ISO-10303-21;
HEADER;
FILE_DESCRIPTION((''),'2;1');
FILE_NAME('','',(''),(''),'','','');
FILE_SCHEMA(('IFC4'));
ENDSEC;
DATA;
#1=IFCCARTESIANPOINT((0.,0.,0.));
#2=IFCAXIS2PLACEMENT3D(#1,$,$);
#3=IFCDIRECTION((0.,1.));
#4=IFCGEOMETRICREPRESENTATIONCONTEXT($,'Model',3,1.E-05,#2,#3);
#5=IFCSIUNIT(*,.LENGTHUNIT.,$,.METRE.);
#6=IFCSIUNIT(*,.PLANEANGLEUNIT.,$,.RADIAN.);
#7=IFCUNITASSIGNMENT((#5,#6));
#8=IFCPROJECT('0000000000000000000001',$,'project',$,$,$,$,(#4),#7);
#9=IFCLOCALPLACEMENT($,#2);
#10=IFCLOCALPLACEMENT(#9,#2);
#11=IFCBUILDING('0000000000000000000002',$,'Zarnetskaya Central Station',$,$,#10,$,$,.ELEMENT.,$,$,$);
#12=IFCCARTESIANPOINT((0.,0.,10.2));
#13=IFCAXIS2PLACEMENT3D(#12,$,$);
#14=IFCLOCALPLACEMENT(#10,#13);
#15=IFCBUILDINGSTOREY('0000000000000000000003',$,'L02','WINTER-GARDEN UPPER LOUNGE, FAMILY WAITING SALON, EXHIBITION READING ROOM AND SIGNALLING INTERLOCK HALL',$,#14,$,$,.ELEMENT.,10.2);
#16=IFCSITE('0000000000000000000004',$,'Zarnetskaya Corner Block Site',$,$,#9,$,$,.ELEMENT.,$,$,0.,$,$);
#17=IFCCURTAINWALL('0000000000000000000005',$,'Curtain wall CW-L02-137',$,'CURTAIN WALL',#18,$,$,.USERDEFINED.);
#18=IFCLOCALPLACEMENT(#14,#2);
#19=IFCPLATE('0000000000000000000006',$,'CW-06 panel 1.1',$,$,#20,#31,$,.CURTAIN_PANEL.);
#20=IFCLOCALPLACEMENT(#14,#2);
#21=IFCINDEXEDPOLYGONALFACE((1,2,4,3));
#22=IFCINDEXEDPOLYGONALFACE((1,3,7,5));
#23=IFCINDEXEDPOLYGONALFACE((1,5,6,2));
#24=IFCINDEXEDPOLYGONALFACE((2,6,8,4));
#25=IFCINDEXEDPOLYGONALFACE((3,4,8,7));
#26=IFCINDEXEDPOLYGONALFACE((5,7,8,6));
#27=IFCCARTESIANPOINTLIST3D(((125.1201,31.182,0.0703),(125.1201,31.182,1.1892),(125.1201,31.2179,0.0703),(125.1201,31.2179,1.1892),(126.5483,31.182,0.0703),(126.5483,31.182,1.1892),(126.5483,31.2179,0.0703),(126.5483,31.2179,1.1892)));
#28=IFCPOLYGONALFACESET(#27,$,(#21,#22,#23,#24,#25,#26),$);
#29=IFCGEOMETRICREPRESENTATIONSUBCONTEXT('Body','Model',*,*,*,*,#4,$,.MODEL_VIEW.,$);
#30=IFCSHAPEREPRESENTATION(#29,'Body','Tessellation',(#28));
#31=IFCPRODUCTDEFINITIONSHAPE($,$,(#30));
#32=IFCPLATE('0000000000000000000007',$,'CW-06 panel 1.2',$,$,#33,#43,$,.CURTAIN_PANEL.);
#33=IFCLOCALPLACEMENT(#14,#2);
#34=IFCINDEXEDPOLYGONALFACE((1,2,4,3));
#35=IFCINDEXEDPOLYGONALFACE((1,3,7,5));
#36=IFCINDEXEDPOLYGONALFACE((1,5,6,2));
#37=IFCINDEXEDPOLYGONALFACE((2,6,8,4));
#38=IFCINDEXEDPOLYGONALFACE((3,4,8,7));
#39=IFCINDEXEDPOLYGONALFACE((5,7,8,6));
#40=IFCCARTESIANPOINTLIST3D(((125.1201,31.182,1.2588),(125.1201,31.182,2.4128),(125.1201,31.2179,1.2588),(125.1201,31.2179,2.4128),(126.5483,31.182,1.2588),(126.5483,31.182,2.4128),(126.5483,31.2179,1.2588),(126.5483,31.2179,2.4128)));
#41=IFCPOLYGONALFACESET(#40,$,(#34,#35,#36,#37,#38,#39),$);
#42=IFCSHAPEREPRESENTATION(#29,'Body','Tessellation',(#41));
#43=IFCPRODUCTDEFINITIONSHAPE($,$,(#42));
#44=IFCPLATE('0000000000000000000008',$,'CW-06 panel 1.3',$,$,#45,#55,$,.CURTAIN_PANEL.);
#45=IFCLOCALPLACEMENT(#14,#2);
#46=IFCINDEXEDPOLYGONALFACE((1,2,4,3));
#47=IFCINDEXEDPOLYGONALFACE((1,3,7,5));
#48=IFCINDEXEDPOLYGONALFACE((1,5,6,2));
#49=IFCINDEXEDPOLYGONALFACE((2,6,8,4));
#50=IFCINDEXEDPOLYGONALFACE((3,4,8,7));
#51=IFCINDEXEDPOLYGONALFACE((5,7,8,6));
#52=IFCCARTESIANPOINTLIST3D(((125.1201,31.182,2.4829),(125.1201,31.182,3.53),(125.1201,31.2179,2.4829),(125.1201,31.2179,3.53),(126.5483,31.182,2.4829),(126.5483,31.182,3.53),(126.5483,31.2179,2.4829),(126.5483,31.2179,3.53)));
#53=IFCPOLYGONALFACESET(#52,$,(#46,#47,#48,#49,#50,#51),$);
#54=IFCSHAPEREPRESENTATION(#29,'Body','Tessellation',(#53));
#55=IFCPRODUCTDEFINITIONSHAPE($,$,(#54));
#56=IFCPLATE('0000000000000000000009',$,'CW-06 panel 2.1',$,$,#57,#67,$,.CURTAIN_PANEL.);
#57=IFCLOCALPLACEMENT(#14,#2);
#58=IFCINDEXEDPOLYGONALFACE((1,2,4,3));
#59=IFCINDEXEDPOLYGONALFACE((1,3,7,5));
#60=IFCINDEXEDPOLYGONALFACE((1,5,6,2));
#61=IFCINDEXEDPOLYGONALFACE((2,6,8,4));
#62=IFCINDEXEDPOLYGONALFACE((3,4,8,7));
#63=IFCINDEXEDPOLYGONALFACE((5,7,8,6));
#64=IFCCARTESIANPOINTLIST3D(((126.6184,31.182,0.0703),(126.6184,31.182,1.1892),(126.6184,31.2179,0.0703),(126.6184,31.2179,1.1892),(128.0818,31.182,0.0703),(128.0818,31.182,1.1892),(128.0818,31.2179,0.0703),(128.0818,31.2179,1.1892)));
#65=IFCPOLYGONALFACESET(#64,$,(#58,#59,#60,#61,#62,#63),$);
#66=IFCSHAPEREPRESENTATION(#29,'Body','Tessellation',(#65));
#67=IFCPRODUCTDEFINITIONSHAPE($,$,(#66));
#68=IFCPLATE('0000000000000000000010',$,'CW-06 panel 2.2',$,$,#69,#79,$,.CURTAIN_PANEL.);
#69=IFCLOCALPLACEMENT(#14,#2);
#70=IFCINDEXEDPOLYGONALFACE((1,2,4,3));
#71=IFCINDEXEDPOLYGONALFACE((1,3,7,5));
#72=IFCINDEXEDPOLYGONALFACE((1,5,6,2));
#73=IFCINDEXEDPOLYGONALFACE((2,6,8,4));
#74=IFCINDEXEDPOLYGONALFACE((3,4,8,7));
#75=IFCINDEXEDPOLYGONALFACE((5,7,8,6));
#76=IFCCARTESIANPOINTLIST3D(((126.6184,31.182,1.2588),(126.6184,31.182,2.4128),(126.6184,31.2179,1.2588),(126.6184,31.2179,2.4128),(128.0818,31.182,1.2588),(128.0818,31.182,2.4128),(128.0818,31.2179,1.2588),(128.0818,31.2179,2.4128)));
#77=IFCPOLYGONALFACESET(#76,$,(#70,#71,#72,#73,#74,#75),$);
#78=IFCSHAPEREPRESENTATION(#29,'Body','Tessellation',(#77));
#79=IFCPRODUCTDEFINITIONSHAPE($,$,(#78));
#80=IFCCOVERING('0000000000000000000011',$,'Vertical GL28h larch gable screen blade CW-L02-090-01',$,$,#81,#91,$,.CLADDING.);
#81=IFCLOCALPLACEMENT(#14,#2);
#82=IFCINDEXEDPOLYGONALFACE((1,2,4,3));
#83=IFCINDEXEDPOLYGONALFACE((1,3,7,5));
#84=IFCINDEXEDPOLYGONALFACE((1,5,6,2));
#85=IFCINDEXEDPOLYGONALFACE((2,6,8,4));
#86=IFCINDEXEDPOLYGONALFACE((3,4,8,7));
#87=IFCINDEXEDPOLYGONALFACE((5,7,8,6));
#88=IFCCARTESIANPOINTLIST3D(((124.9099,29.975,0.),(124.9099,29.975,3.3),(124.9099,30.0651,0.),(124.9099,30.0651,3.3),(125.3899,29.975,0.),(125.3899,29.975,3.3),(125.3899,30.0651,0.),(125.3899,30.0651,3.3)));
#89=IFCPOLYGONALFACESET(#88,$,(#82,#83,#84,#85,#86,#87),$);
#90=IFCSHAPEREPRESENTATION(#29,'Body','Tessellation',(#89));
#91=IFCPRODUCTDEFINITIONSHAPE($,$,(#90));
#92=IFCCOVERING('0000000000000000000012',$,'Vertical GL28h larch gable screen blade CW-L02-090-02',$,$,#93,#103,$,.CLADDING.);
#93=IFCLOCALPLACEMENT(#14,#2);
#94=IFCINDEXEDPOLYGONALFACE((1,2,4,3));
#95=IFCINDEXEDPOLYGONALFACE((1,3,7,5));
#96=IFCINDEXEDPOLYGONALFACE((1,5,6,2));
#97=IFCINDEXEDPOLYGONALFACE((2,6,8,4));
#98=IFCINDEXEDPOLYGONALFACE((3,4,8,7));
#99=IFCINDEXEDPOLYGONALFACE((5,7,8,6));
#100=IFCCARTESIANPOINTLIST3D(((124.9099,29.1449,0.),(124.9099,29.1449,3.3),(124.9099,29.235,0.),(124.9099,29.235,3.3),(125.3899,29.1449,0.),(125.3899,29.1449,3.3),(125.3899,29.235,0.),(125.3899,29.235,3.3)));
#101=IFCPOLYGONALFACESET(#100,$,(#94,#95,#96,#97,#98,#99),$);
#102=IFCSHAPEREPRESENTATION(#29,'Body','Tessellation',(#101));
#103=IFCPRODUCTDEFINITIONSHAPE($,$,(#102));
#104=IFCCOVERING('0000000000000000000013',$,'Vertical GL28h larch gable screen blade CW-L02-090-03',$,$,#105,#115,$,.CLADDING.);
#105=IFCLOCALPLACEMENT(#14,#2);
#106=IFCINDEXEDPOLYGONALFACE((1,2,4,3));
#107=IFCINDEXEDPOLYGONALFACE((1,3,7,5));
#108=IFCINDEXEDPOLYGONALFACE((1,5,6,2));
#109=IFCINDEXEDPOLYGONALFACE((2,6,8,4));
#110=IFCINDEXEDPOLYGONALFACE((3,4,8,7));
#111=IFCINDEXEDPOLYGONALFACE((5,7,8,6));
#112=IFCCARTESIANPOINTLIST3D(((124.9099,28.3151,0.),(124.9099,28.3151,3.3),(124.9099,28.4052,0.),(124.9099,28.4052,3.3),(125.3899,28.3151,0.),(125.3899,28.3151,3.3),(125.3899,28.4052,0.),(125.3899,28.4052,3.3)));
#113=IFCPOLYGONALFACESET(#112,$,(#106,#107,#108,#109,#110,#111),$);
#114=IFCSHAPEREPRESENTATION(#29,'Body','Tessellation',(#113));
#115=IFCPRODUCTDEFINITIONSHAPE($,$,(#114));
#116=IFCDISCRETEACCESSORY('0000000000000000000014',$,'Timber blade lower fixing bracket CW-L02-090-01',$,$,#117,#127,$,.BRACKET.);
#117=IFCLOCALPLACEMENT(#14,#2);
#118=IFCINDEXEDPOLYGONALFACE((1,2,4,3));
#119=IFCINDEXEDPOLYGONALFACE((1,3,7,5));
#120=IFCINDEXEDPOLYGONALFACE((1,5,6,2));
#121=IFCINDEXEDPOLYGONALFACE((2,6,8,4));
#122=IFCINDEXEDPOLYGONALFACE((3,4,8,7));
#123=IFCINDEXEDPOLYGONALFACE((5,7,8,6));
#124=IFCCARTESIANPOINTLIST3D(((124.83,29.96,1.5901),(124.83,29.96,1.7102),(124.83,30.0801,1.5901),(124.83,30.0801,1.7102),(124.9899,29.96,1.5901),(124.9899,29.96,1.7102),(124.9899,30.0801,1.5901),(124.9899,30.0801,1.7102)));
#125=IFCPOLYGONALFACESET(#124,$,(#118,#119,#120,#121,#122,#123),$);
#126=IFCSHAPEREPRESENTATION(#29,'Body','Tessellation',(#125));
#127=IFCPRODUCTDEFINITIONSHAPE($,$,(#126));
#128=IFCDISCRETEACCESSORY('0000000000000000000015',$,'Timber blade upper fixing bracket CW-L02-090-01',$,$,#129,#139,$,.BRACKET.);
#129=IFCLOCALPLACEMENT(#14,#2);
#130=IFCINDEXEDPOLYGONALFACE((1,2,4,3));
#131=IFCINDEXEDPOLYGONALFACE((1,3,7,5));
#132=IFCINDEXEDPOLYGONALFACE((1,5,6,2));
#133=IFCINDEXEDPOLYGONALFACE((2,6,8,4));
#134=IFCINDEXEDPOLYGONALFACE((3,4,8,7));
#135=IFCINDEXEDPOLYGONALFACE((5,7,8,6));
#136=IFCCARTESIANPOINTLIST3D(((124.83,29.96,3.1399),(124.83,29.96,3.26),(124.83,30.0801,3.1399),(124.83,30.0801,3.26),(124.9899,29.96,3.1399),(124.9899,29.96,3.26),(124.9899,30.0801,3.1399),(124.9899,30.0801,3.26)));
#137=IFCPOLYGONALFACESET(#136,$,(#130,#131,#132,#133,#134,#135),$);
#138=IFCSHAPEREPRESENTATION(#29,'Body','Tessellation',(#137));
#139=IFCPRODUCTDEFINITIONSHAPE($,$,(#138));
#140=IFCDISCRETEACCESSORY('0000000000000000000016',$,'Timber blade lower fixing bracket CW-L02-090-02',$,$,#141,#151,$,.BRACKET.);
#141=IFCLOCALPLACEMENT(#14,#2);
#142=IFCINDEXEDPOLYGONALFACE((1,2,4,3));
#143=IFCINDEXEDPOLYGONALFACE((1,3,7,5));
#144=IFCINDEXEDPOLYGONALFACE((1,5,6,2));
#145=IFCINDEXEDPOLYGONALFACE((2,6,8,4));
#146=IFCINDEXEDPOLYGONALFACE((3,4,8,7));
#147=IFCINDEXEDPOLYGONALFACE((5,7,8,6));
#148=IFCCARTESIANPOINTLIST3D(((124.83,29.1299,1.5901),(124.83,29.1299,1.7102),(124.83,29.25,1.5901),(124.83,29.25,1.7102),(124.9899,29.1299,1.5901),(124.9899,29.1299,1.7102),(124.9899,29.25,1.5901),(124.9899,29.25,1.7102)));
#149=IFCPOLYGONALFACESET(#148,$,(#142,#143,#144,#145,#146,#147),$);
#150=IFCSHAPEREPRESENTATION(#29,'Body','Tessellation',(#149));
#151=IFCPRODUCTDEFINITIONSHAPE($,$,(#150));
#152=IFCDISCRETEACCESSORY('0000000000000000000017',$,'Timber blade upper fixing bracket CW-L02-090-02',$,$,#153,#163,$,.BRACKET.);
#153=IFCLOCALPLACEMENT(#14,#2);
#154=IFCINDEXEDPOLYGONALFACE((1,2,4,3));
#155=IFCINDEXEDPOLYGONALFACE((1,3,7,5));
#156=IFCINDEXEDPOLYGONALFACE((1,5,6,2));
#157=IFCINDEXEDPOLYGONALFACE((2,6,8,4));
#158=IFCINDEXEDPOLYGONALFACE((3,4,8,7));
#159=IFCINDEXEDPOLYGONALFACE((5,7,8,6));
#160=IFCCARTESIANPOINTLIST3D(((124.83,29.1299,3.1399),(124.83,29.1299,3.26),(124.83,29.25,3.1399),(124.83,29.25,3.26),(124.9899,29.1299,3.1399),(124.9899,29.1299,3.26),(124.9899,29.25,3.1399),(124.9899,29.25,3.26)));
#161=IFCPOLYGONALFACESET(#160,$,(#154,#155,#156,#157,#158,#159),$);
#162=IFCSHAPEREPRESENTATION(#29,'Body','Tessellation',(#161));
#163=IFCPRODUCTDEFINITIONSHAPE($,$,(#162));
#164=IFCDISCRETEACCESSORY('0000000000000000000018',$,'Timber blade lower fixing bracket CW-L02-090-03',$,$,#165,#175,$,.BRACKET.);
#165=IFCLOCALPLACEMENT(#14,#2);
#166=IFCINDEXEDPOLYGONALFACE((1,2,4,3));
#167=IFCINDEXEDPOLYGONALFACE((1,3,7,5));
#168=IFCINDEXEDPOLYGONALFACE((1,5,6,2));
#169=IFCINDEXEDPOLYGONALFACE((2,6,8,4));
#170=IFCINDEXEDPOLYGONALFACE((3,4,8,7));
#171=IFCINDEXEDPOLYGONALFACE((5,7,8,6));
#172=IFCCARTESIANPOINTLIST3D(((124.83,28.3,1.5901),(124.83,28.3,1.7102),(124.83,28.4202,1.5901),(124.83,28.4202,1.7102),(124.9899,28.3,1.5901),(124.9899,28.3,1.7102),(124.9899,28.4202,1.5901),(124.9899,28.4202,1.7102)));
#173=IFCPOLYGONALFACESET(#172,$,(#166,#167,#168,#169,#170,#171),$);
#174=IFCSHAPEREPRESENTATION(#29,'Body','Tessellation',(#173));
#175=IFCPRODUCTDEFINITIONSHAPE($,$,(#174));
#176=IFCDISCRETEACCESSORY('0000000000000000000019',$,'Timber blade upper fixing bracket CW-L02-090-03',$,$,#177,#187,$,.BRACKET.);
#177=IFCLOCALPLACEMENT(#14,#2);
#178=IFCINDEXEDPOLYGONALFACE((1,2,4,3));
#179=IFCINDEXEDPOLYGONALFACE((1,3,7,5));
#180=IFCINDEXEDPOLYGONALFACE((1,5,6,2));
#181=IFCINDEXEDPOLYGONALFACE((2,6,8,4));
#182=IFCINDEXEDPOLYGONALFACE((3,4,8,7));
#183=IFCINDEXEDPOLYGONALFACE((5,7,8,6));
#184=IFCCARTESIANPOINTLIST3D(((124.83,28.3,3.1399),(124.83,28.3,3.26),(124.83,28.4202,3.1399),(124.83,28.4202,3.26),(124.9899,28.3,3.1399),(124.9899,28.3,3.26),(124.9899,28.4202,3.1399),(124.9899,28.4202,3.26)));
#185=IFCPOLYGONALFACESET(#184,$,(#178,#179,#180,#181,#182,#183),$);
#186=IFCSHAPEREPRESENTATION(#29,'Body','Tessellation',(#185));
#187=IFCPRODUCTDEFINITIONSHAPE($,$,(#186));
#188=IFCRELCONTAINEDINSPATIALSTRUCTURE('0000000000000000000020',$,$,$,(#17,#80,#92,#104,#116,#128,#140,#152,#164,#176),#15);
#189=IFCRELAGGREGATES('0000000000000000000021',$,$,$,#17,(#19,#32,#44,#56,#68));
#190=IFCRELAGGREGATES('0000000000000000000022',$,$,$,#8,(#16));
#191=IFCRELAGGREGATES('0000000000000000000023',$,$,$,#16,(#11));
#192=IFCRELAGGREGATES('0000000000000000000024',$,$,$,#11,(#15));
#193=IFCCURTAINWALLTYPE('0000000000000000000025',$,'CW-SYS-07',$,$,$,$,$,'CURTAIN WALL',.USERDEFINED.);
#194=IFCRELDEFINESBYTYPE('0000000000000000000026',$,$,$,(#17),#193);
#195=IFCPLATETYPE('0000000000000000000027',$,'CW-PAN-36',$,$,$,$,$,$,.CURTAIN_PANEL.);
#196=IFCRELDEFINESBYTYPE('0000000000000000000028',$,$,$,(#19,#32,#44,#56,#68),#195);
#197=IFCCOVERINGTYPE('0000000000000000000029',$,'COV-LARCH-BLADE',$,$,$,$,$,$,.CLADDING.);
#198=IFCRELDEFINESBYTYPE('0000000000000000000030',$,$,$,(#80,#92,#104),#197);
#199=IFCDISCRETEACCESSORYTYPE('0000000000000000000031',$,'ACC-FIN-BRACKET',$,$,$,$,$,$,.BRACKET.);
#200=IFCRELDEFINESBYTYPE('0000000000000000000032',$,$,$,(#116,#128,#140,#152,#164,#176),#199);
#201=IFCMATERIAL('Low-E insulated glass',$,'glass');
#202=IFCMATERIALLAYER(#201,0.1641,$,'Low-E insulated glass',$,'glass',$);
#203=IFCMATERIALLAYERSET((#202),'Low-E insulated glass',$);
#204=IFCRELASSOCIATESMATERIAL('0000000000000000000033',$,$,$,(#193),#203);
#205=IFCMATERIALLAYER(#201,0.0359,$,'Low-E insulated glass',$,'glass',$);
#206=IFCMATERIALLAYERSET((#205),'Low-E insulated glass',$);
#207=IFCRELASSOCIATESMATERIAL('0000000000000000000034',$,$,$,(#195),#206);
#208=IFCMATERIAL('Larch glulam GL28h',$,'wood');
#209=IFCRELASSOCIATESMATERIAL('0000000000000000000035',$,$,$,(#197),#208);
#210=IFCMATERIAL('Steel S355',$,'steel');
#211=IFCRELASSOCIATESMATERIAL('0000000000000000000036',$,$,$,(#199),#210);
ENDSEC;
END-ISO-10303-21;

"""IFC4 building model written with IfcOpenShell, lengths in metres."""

from ifc_helpers import new_model, si_unit, direction, frame, origin, origin_2d, place, context, subcontext, project, spatial, rectangle, extrude, material, layer, layer_set, type_object, element, aggregate, save


model = new_model("IFC4")

# Units and contexts
model_context = context("Model", 3, precision=1e-05, world=origin(), true_north=direction((0.0, 1.0)))
body_context = subcontext(model_context, "Body", "Model", "MODEL_VIEW")
ifc_project = project(units=[si_unit("LENGTHUNIT", "METRE"), si_unit("PLANEANGLEUNIT", "RADIAN")], contexts=[model_context])

# Site, building, storey
site_placement = place(None, origin())
site = spatial("IfcSite", under=ifc_project, at=site_placement, Name="Zarnetskaya Corner Block Site", CompositionType="ELEMENT", RefElevation=0.0)
building_placement = place(site_placement, origin())
building = spatial("IfcBuilding", under=site, at=building_placement, Name="Zarnetskaya Central Station", CompositionType="ELEMENT")
storey_placement = place(building_placement, frame((0.0, 0.0, 10.2)))
storey = spatial("IfcBuildingStorey", under=building, at=storey_placement, Name="L02", Description="WINTER-GARDEN UPPER LOUNGE, FAMILY WAITING SALON, EXHIBITION READING ROOM AND SIGNALLING INTERLOCK HALL", CompositionType="ELEMENT", Elevation=10.2)

# Shared definitions
ifc_material_1 = material(Name="Steel S355", Category="steel")

# Curtain wall, plates
ifc_material_2 = material(Name="Low-E insulated glass", Category="glass")
ifc_layer_1 = layer(ifc_material_2, 0.1641, Name="Low-E insulated glass", Category="glass")
ifc_layer_set_1 = layer_set([ifc_layer_1], Name="Low-E insulated glass")
curtain_wall_type = type_object("IfcCurtainWallType", Name="CW-SYS-07", ElementType="CURTAIN WALL", PredefinedType="USERDEFINED", material=ifc_layer_set_1)
curtain_wall_placement = place(storey_placement, origin())
curtain_wall = element("IfcCurtainWall", 1, at=curtain_wall_placement, inside=storey, type_object=curtain_wall_type, Name="Curtain wall CW-L02-137", ObjectType="CURTAIN WALL", PredefinedType="USERDEFINED")
ifc_layer_2 = layer(ifc_material_2, 0.0359, Name="Low-E insulated glass", Category="glass")
ifc_layer_set_2 = layer_set([ifc_layer_2], Name="Low-E insulated glass")
plate_type = type_object("IfcPlateType", Name="CW-PAN-36", PredefinedType="CURTAIN_PANEL", material=ifc_layer_set_2)
plate_1_placement = place(storey_placement, frame((125.8342, 31.2, 0.0703), z_axis=(0.0, 0.0, 1.0), x_axis=(1.0, 0.0, 0.0)))
plate_1 = element("IfcPlate", 2, at=plate_1_placement, type_object=plate_type, Name="CW-06 panel 1.1", PredefinedType="CURTAIN_PANEL", context=body_context, shape_type="SweptSolid", body=[
    extrude(rectangle(XDim=1.4282, YDim=0.0359, at=origin_2d()), origin(), (0.0, 0.0, 1.0), 1.1189),
])
plate_2_placement = place(storey_placement, frame((125.8342, 31.2, 1.2588), z_axis=(0.0, 0.0, 1.0), x_axis=(1.0, 0.0, 0.0)))
plate_2 = element("IfcPlate", 3, at=plate_2_placement, type_object=plate_type, Name="CW-06 panel 1.2", PredefinedType="CURTAIN_PANEL", context=body_context, shape_type="SweptSolid", body=[
    extrude(rectangle(XDim=1.4282, YDim=0.0359, at=origin_2d()), origin(), (0.0, 0.0, 1.0), 1.1541),
])
plate_3_placement = place(storey_placement, frame((125.8342, 31.2, 2.4829), z_axis=(0.0, 0.0, 1.0), x_axis=(1.0, 0.0, 0.0)))
plate_3 = element("IfcPlate", 4, at=plate_3_placement, type_object=plate_type, Name="CW-06 panel 1.3", PredefinedType="CURTAIN_PANEL", context=body_context, shape_type="SweptSolid", body=[
    extrude(rectangle(XDim=1.4282, YDim=0.0359, at=origin_2d()), origin(), (0.0, 0.0, 1.0), 1.0471),
])
plate_4_placement = place(storey_placement, frame((127.3501, 31.2, 0.0703), z_axis=(0.0, 0.0, 1.0), x_axis=(1.0, 0.0, 0.0)))
plate_4 = element("IfcPlate", 5, at=plate_4_placement, type_object=plate_type, Name="CW-06 panel 2.1", PredefinedType="CURTAIN_PANEL", context=body_context, shape_type="SweptSolid", body=[
    extrude(rectangle(XDim=1.4634, YDim=0.0359, at=origin_2d()), origin(), (0.0, 0.0, 1.0), 1.1189),
])
plate_5_placement = place(storey_placement, frame((127.3501, 31.2, 1.2588), z_axis=(0.0, 0.0, 1.0), x_axis=(1.0, 0.0, 0.0)))
plate_5 = element("IfcPlate", 6, at=plate_5_placement, type_object=plate_type, Name="CW-06 panel 2.2", PredefinedType="CURTAIN_PANEL", context=body_context, shape_type="SweptSolid", body=[
    extrude(rectangle(XDim=1.4634, YDim=0.0359, at=origin_2d()), origin(), (0.0, 0.0, 1.0), 1.1541),
])
aggregate(curtain_wall, [plate_1, plate_2, plate_3, plate_4, plate_5])

# Coverings
ifc_material_3 = material(Name="Larch glulam GL28h", Category="wood")
covering_type = type_object("IfcCoveringType", Name="COV-LARCH-BLADE", PredefinedType="CLADDING", material=ifc_material_3)
for number, where, z_axis, x_axis, name in (
    (7, (125.1499, 30.02, 0.0), (0.0, 0.0, 1.0), (0.0, -1.0, 0.0), "Vertical GL28h larch gable screen blade CW-L02-090-01"),
    (8, (125.1499, 29.1899, 0.0), (0.0, 0.0, 1.0), (0.0, -1.0, 0.0), "Vertical GL28h larch gable screen blade CW-L02-090-02"),
    (9, (125.1499, 28.3601, 0.0), (0.0, 0.0, 1.0), (0.0, -1.0, 0.0), "Vertical GL28h larch gable screen blade CW-L02-090-03"),
):
    element("IfcCovering", number, at=place(storey_placement, frame(where, z_axis=z_axis, x_axis=x_axis)), inside=storey, type_object=covering_type, Name=name, PredefinedType="CLADDING", context=body_context, shape_type="SweptSolid", body=[
        extrude(rectangle(XDim=0.0901, YDim=0.48, at=origin_2d()), origin(), (0.0, 0.0, 1.0), 3.3),
    ])

# Discrete accessories
discrete_accessory_type = type_object("IfcDiscreteAccessoryType", Name="ACC-FIN-BRACKET", PredefinedType="BRACKET", material=ifc_material_1)
for number, where, z_axis, x_axis, name in (
    (10, (124.9099, 30.02, 1.5901), (0.0, 0.0, 1.0), (0.0, -1.0, 0.0), "Timber blade lower fixing bracket CW-L02-090-01"),
    (11, (124.9099, 30.02, 3.1399), (0.0, 0.0, 1.0), (0.0, -1.0, 0.0), "Timber blade upper fixing bracket CW-L02-090-01"),
    (12, (124.9099, 29.1899, 1.5901), (0.0, 0.0, 1.0), (0.0, -1.0, 0.0), "Timber blade lower fixing bracket CW-L02-090-02"),
    (13, (124.9099, 29.1899, 3.1399), (0.0, 0.0, 1.0), (0.0, -1.0, 0.0), "Timber blade upper fixing bracket CW-L02-090-02"),
    (14, (124.9099, 28.3601, 1.5901), (0.0, 0.0, 1.0), (0.0, -1.0, 0.0), "Timber blade lower fixing bracket CW-L02-090-03"),
    (15, (124.9099, 28.3601, 3.1399), (0.0, 0.0, 1.0), (0.0, -1.0, 0.0), "Timber blade upper fixing bracket CW-L02-090-03"),
):
    element("IfcDiscreteAccessory", number, at=place(storey_placement, frame(where, z_axis=z_axis, x_axis=x_axis)), inside=storey, type_object=discrete_accessory_type, Name=name, PredefinedType="BRACKET", context=body_context, shape_type="SweptSolid", body=[
        extrude(rectangle(XDim=0.1201, YDim=0.1599, at=origin_2d()), origin(), (0.0, 0.0, 1.0), 0.1201),
    ])

save(model, "model.ifc")
